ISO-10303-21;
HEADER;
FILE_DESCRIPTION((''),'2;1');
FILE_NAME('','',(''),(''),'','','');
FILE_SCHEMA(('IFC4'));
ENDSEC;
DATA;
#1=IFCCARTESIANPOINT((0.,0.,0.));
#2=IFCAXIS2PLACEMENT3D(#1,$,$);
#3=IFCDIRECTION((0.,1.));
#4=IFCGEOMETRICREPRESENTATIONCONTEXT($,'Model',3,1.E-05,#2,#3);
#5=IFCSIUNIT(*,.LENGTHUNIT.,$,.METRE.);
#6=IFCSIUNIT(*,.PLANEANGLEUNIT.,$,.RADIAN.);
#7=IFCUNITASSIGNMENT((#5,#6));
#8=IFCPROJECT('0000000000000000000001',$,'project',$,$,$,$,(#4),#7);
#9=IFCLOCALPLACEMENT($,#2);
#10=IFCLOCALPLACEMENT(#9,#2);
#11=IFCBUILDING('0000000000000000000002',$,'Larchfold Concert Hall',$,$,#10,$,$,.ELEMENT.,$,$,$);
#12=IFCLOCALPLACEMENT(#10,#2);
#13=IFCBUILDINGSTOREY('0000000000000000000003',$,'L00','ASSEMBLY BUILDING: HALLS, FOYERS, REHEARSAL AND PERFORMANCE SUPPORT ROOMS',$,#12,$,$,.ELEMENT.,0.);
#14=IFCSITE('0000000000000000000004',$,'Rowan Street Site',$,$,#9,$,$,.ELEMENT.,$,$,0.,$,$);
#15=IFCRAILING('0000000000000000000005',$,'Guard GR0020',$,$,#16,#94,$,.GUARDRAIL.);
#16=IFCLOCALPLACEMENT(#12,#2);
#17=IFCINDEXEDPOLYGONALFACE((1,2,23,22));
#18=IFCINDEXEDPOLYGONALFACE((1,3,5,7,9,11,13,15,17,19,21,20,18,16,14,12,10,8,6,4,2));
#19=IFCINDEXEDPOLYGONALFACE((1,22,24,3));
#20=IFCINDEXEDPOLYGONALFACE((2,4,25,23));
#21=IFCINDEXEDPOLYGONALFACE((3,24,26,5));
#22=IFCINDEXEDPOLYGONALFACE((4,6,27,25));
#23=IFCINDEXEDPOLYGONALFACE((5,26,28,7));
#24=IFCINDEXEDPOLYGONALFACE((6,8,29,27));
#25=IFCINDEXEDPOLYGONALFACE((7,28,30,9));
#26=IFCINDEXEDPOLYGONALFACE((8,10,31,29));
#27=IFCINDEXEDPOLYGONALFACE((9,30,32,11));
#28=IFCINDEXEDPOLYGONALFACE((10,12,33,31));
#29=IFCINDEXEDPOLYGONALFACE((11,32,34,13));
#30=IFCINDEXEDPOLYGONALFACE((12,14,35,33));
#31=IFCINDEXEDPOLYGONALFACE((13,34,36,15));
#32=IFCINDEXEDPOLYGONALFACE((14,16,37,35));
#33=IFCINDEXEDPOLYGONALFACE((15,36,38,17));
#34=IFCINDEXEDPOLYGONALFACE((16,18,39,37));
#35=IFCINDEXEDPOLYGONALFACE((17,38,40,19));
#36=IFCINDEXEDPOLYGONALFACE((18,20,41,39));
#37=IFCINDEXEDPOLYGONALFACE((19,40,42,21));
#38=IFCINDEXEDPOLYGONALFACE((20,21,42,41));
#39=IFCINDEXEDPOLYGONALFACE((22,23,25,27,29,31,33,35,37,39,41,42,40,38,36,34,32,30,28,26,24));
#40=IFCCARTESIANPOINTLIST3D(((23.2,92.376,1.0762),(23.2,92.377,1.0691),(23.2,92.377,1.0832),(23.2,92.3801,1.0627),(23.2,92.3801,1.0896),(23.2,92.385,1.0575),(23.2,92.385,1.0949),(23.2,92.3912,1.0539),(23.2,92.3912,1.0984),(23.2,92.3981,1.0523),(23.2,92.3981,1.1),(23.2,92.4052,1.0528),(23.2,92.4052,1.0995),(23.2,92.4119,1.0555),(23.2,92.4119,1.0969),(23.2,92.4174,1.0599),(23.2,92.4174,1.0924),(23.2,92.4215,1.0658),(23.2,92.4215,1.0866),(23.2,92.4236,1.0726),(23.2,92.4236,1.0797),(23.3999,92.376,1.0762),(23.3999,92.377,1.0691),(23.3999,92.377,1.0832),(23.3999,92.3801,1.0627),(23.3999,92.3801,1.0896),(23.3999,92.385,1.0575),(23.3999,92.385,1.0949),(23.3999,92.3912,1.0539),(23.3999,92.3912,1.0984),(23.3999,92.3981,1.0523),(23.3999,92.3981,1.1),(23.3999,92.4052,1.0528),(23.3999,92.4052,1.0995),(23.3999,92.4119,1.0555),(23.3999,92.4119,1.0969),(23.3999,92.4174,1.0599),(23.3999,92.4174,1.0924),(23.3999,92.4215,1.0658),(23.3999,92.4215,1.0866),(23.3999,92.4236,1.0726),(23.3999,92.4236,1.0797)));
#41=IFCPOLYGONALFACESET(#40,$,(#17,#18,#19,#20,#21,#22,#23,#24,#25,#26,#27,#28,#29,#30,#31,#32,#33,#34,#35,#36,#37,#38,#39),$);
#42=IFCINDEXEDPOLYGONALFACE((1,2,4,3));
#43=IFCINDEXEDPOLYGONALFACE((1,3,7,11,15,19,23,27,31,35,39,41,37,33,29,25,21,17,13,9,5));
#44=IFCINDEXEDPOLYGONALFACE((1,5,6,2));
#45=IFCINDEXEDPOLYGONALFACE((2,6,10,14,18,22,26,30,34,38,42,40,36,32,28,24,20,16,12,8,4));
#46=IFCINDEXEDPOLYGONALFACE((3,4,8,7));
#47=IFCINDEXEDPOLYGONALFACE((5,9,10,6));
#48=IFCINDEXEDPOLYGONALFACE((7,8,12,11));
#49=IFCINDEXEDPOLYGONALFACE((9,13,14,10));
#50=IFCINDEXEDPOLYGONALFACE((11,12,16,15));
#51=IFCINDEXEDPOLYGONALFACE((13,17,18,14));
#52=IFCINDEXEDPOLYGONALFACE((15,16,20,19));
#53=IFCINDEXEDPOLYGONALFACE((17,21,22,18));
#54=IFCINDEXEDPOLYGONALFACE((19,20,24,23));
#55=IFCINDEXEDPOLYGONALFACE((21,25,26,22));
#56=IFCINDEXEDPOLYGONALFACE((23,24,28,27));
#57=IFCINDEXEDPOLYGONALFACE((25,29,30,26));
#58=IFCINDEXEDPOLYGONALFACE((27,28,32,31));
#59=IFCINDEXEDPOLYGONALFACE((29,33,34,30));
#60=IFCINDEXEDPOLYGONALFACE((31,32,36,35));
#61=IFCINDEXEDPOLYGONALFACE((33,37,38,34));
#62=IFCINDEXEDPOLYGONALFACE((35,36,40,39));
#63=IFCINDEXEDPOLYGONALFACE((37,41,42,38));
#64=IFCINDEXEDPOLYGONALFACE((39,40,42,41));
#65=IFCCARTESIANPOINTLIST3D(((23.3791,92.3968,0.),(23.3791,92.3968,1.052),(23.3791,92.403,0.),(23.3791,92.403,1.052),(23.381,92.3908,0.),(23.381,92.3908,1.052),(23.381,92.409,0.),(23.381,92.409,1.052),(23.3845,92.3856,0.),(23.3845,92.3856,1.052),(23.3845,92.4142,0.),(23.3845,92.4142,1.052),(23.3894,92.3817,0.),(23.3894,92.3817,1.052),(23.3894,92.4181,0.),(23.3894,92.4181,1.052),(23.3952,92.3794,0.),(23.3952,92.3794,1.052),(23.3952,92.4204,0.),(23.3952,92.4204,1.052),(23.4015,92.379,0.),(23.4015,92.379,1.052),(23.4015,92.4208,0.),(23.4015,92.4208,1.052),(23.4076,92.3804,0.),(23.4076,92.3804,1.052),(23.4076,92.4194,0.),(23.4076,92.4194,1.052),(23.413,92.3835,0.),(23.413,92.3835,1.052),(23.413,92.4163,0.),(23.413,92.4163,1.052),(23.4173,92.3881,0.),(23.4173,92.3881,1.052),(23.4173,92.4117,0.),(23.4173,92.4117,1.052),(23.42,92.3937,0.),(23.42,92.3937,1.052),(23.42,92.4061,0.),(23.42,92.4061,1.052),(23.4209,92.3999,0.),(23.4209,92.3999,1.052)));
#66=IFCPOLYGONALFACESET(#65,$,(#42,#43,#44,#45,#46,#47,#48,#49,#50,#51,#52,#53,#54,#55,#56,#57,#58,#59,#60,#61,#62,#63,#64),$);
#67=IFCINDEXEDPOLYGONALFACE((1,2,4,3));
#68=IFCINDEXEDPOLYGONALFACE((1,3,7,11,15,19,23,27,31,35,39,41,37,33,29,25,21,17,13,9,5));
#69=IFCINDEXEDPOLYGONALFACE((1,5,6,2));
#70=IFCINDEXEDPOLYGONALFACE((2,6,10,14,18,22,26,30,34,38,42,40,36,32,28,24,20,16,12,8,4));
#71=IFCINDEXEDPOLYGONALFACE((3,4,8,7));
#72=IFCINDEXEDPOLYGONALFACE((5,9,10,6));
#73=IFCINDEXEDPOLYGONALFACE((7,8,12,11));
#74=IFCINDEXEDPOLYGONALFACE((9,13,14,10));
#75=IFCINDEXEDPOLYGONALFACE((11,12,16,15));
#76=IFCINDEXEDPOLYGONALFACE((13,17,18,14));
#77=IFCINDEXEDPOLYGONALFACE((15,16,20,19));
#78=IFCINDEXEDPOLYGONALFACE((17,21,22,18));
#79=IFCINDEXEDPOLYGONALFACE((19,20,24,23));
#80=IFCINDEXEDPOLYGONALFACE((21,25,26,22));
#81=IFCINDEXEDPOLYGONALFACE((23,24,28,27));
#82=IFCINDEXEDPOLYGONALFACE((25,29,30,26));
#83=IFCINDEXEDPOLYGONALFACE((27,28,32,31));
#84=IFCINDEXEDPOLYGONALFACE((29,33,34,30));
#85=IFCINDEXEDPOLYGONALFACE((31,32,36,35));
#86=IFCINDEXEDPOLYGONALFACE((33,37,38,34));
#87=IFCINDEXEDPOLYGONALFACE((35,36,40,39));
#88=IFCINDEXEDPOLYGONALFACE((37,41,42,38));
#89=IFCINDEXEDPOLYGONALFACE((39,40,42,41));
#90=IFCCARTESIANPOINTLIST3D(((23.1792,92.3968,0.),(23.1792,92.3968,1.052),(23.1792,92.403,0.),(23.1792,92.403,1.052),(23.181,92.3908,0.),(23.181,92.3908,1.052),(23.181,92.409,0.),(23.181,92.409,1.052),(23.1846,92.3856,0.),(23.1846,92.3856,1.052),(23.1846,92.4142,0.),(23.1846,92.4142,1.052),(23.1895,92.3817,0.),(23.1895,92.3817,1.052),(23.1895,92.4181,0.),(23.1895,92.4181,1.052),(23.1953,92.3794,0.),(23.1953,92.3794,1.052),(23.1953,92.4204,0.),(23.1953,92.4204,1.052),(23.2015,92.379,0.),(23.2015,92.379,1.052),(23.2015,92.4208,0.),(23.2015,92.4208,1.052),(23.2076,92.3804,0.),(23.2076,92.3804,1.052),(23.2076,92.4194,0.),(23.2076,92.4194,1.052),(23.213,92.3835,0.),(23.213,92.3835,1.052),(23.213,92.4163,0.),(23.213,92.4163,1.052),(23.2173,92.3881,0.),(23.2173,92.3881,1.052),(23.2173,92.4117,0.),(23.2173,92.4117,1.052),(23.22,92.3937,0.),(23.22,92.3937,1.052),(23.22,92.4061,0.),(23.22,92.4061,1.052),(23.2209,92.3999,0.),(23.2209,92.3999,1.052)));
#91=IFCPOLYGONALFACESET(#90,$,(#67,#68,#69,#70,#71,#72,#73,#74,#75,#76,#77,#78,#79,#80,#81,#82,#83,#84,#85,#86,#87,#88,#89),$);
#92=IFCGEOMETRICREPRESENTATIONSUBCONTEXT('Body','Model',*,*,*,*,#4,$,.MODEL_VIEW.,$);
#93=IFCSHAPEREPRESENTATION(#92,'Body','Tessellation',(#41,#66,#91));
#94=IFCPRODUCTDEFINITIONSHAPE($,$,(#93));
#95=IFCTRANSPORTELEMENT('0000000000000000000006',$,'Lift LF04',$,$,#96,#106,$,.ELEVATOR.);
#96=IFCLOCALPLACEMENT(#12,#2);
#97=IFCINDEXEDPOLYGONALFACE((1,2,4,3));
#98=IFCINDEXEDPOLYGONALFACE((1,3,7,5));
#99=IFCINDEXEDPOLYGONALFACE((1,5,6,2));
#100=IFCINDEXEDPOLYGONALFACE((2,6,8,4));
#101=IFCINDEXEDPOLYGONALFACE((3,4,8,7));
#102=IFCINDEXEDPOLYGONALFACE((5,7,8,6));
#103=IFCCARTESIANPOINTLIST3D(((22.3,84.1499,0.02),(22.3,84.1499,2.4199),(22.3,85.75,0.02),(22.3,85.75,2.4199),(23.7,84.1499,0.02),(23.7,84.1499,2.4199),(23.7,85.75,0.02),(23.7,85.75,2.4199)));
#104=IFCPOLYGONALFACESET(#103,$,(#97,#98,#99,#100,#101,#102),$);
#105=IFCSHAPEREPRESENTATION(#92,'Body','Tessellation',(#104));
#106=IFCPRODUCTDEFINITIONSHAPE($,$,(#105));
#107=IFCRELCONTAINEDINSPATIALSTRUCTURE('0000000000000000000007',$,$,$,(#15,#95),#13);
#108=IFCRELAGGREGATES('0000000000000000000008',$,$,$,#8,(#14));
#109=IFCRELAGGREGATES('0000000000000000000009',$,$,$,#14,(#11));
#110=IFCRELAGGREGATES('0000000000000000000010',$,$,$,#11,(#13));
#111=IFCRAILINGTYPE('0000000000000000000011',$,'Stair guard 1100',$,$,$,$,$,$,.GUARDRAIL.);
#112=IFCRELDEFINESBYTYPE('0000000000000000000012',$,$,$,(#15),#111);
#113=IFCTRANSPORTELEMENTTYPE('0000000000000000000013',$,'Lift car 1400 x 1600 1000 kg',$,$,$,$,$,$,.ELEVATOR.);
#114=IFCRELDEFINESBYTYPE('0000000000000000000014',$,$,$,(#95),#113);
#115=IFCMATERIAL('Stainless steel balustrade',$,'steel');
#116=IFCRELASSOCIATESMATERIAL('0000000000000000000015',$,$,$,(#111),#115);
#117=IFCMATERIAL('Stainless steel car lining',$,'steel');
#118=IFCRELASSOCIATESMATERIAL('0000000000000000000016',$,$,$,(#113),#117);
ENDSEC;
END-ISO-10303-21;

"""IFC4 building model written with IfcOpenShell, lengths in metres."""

from ifc_helpers import new_model, si_unit, direction, frame, origin, origin_2d, place, context, subcontext, project, spatial, rectangle, circle, extrude, material, type_object, element, save


model = new_model("IFC4")

# Units and contexts
model_context = context("Model", 3, precision=1e-05, world=origin(), true_north=direction((0.0, 1.0)))
body_context = subcontext(model_context, "Body", "Model", "MODEL_VIEW")
ifc_project = project(units=[si_unit("LENGTHUNIT", "METRE"), si_unit("PLANEANGLEUNIT", "RADIAN")], contexts=[model_context])

# Site, building, storey
site_placement = place(None, origin())
site = spatial("IfcSite", under=ifc_project, at=site_placement, Name="Rowan Street Site", CompositionType="ELEMENT", RefElevation=0.0)
building_placement = place(site_placement, origin())
building = spatial("IfcBuilding", under=site, at=building_placement, Name="Larchfold Concert Hall", CompositionType="ELEMENT")
storey_placement = place(building_placement, origin())
storey = spatial("IfcBuildingStorey", under=building, at=storey_placement, Name="L00", Description="ASSEMBLY BUILDING: HALLS, FOYERS, REHEARSAL AND PERFORMANCE SUPPORT ROOMS", CompositionType="ELEMENT", Elevation=0.0)

# Railing
ifc_material_1 = material(Name="Stainless steel balustrade", Category="steel")
railing_type = type_object("IfcRailingType", Name="Stair guard 1100", PredefinedType="GUARDRAIL", material=ifc_material_1)
railing_placement = place(storey_placement, frame((23.3999, 92.3999, 0.0)))
element("IfcRailing", 1, at=railing_placement, inside=storey, type_object=railing_type, Name="Guard GR0020", PredefinedType="GUARDRAIL", context=body_context, shape_type="SweptSolid", body=[
    extrude(circle(Radius=0.0239, at=origin_2d()), frame((0.0, 0.0, 1.0762), z_axis=(-1.0, 0.0, 0.0), x_axis=(0.0, -1.0, 0.0)), (0.0, 0.0, 1.0), 0.2),
    extrude(circle(Radius=0.021, at=origin_2d()), origin(), (0.0, 0.0, 1.0), 1.052),
    extrude(circle(Radius=0.021, at=origin_2d()), frame((-0.2, 0.0, 0.0)), (0.0, 0.0, 1.0), 1.052),
])

# Transport element
ifc_material_2 = material(Name="Stainless steel car lining", Category="steel")
transport_element_type = type_object("IfcTransportElementType", Name="Lift car 1400 x 1600 1000 kg", PredefinedType="ELEVATOR", material=ifc_material_2)
transport_element_placement = place(storey_placement, frame((23.0, 84.95, 0.02), z_axis=(0.0, 0.0, 1.0), x_axis=(1.0, 0.0, 0.0)))
element("IfcTransportElement", 2, at=transport_element_placement, inside=storey, type_object=transport_element_type, Name="Lift LF04", PredefinedType="ELEVATOR", context=body_context, shape_type="SweptSolid", body=[
    extrude(rectangle(XDim=1.3999, YDim=1.6001, at=origin_2d()), origin(), (0.0, 0.0, 1.0), 2.3999),
])

save(model, "model.ifc")
